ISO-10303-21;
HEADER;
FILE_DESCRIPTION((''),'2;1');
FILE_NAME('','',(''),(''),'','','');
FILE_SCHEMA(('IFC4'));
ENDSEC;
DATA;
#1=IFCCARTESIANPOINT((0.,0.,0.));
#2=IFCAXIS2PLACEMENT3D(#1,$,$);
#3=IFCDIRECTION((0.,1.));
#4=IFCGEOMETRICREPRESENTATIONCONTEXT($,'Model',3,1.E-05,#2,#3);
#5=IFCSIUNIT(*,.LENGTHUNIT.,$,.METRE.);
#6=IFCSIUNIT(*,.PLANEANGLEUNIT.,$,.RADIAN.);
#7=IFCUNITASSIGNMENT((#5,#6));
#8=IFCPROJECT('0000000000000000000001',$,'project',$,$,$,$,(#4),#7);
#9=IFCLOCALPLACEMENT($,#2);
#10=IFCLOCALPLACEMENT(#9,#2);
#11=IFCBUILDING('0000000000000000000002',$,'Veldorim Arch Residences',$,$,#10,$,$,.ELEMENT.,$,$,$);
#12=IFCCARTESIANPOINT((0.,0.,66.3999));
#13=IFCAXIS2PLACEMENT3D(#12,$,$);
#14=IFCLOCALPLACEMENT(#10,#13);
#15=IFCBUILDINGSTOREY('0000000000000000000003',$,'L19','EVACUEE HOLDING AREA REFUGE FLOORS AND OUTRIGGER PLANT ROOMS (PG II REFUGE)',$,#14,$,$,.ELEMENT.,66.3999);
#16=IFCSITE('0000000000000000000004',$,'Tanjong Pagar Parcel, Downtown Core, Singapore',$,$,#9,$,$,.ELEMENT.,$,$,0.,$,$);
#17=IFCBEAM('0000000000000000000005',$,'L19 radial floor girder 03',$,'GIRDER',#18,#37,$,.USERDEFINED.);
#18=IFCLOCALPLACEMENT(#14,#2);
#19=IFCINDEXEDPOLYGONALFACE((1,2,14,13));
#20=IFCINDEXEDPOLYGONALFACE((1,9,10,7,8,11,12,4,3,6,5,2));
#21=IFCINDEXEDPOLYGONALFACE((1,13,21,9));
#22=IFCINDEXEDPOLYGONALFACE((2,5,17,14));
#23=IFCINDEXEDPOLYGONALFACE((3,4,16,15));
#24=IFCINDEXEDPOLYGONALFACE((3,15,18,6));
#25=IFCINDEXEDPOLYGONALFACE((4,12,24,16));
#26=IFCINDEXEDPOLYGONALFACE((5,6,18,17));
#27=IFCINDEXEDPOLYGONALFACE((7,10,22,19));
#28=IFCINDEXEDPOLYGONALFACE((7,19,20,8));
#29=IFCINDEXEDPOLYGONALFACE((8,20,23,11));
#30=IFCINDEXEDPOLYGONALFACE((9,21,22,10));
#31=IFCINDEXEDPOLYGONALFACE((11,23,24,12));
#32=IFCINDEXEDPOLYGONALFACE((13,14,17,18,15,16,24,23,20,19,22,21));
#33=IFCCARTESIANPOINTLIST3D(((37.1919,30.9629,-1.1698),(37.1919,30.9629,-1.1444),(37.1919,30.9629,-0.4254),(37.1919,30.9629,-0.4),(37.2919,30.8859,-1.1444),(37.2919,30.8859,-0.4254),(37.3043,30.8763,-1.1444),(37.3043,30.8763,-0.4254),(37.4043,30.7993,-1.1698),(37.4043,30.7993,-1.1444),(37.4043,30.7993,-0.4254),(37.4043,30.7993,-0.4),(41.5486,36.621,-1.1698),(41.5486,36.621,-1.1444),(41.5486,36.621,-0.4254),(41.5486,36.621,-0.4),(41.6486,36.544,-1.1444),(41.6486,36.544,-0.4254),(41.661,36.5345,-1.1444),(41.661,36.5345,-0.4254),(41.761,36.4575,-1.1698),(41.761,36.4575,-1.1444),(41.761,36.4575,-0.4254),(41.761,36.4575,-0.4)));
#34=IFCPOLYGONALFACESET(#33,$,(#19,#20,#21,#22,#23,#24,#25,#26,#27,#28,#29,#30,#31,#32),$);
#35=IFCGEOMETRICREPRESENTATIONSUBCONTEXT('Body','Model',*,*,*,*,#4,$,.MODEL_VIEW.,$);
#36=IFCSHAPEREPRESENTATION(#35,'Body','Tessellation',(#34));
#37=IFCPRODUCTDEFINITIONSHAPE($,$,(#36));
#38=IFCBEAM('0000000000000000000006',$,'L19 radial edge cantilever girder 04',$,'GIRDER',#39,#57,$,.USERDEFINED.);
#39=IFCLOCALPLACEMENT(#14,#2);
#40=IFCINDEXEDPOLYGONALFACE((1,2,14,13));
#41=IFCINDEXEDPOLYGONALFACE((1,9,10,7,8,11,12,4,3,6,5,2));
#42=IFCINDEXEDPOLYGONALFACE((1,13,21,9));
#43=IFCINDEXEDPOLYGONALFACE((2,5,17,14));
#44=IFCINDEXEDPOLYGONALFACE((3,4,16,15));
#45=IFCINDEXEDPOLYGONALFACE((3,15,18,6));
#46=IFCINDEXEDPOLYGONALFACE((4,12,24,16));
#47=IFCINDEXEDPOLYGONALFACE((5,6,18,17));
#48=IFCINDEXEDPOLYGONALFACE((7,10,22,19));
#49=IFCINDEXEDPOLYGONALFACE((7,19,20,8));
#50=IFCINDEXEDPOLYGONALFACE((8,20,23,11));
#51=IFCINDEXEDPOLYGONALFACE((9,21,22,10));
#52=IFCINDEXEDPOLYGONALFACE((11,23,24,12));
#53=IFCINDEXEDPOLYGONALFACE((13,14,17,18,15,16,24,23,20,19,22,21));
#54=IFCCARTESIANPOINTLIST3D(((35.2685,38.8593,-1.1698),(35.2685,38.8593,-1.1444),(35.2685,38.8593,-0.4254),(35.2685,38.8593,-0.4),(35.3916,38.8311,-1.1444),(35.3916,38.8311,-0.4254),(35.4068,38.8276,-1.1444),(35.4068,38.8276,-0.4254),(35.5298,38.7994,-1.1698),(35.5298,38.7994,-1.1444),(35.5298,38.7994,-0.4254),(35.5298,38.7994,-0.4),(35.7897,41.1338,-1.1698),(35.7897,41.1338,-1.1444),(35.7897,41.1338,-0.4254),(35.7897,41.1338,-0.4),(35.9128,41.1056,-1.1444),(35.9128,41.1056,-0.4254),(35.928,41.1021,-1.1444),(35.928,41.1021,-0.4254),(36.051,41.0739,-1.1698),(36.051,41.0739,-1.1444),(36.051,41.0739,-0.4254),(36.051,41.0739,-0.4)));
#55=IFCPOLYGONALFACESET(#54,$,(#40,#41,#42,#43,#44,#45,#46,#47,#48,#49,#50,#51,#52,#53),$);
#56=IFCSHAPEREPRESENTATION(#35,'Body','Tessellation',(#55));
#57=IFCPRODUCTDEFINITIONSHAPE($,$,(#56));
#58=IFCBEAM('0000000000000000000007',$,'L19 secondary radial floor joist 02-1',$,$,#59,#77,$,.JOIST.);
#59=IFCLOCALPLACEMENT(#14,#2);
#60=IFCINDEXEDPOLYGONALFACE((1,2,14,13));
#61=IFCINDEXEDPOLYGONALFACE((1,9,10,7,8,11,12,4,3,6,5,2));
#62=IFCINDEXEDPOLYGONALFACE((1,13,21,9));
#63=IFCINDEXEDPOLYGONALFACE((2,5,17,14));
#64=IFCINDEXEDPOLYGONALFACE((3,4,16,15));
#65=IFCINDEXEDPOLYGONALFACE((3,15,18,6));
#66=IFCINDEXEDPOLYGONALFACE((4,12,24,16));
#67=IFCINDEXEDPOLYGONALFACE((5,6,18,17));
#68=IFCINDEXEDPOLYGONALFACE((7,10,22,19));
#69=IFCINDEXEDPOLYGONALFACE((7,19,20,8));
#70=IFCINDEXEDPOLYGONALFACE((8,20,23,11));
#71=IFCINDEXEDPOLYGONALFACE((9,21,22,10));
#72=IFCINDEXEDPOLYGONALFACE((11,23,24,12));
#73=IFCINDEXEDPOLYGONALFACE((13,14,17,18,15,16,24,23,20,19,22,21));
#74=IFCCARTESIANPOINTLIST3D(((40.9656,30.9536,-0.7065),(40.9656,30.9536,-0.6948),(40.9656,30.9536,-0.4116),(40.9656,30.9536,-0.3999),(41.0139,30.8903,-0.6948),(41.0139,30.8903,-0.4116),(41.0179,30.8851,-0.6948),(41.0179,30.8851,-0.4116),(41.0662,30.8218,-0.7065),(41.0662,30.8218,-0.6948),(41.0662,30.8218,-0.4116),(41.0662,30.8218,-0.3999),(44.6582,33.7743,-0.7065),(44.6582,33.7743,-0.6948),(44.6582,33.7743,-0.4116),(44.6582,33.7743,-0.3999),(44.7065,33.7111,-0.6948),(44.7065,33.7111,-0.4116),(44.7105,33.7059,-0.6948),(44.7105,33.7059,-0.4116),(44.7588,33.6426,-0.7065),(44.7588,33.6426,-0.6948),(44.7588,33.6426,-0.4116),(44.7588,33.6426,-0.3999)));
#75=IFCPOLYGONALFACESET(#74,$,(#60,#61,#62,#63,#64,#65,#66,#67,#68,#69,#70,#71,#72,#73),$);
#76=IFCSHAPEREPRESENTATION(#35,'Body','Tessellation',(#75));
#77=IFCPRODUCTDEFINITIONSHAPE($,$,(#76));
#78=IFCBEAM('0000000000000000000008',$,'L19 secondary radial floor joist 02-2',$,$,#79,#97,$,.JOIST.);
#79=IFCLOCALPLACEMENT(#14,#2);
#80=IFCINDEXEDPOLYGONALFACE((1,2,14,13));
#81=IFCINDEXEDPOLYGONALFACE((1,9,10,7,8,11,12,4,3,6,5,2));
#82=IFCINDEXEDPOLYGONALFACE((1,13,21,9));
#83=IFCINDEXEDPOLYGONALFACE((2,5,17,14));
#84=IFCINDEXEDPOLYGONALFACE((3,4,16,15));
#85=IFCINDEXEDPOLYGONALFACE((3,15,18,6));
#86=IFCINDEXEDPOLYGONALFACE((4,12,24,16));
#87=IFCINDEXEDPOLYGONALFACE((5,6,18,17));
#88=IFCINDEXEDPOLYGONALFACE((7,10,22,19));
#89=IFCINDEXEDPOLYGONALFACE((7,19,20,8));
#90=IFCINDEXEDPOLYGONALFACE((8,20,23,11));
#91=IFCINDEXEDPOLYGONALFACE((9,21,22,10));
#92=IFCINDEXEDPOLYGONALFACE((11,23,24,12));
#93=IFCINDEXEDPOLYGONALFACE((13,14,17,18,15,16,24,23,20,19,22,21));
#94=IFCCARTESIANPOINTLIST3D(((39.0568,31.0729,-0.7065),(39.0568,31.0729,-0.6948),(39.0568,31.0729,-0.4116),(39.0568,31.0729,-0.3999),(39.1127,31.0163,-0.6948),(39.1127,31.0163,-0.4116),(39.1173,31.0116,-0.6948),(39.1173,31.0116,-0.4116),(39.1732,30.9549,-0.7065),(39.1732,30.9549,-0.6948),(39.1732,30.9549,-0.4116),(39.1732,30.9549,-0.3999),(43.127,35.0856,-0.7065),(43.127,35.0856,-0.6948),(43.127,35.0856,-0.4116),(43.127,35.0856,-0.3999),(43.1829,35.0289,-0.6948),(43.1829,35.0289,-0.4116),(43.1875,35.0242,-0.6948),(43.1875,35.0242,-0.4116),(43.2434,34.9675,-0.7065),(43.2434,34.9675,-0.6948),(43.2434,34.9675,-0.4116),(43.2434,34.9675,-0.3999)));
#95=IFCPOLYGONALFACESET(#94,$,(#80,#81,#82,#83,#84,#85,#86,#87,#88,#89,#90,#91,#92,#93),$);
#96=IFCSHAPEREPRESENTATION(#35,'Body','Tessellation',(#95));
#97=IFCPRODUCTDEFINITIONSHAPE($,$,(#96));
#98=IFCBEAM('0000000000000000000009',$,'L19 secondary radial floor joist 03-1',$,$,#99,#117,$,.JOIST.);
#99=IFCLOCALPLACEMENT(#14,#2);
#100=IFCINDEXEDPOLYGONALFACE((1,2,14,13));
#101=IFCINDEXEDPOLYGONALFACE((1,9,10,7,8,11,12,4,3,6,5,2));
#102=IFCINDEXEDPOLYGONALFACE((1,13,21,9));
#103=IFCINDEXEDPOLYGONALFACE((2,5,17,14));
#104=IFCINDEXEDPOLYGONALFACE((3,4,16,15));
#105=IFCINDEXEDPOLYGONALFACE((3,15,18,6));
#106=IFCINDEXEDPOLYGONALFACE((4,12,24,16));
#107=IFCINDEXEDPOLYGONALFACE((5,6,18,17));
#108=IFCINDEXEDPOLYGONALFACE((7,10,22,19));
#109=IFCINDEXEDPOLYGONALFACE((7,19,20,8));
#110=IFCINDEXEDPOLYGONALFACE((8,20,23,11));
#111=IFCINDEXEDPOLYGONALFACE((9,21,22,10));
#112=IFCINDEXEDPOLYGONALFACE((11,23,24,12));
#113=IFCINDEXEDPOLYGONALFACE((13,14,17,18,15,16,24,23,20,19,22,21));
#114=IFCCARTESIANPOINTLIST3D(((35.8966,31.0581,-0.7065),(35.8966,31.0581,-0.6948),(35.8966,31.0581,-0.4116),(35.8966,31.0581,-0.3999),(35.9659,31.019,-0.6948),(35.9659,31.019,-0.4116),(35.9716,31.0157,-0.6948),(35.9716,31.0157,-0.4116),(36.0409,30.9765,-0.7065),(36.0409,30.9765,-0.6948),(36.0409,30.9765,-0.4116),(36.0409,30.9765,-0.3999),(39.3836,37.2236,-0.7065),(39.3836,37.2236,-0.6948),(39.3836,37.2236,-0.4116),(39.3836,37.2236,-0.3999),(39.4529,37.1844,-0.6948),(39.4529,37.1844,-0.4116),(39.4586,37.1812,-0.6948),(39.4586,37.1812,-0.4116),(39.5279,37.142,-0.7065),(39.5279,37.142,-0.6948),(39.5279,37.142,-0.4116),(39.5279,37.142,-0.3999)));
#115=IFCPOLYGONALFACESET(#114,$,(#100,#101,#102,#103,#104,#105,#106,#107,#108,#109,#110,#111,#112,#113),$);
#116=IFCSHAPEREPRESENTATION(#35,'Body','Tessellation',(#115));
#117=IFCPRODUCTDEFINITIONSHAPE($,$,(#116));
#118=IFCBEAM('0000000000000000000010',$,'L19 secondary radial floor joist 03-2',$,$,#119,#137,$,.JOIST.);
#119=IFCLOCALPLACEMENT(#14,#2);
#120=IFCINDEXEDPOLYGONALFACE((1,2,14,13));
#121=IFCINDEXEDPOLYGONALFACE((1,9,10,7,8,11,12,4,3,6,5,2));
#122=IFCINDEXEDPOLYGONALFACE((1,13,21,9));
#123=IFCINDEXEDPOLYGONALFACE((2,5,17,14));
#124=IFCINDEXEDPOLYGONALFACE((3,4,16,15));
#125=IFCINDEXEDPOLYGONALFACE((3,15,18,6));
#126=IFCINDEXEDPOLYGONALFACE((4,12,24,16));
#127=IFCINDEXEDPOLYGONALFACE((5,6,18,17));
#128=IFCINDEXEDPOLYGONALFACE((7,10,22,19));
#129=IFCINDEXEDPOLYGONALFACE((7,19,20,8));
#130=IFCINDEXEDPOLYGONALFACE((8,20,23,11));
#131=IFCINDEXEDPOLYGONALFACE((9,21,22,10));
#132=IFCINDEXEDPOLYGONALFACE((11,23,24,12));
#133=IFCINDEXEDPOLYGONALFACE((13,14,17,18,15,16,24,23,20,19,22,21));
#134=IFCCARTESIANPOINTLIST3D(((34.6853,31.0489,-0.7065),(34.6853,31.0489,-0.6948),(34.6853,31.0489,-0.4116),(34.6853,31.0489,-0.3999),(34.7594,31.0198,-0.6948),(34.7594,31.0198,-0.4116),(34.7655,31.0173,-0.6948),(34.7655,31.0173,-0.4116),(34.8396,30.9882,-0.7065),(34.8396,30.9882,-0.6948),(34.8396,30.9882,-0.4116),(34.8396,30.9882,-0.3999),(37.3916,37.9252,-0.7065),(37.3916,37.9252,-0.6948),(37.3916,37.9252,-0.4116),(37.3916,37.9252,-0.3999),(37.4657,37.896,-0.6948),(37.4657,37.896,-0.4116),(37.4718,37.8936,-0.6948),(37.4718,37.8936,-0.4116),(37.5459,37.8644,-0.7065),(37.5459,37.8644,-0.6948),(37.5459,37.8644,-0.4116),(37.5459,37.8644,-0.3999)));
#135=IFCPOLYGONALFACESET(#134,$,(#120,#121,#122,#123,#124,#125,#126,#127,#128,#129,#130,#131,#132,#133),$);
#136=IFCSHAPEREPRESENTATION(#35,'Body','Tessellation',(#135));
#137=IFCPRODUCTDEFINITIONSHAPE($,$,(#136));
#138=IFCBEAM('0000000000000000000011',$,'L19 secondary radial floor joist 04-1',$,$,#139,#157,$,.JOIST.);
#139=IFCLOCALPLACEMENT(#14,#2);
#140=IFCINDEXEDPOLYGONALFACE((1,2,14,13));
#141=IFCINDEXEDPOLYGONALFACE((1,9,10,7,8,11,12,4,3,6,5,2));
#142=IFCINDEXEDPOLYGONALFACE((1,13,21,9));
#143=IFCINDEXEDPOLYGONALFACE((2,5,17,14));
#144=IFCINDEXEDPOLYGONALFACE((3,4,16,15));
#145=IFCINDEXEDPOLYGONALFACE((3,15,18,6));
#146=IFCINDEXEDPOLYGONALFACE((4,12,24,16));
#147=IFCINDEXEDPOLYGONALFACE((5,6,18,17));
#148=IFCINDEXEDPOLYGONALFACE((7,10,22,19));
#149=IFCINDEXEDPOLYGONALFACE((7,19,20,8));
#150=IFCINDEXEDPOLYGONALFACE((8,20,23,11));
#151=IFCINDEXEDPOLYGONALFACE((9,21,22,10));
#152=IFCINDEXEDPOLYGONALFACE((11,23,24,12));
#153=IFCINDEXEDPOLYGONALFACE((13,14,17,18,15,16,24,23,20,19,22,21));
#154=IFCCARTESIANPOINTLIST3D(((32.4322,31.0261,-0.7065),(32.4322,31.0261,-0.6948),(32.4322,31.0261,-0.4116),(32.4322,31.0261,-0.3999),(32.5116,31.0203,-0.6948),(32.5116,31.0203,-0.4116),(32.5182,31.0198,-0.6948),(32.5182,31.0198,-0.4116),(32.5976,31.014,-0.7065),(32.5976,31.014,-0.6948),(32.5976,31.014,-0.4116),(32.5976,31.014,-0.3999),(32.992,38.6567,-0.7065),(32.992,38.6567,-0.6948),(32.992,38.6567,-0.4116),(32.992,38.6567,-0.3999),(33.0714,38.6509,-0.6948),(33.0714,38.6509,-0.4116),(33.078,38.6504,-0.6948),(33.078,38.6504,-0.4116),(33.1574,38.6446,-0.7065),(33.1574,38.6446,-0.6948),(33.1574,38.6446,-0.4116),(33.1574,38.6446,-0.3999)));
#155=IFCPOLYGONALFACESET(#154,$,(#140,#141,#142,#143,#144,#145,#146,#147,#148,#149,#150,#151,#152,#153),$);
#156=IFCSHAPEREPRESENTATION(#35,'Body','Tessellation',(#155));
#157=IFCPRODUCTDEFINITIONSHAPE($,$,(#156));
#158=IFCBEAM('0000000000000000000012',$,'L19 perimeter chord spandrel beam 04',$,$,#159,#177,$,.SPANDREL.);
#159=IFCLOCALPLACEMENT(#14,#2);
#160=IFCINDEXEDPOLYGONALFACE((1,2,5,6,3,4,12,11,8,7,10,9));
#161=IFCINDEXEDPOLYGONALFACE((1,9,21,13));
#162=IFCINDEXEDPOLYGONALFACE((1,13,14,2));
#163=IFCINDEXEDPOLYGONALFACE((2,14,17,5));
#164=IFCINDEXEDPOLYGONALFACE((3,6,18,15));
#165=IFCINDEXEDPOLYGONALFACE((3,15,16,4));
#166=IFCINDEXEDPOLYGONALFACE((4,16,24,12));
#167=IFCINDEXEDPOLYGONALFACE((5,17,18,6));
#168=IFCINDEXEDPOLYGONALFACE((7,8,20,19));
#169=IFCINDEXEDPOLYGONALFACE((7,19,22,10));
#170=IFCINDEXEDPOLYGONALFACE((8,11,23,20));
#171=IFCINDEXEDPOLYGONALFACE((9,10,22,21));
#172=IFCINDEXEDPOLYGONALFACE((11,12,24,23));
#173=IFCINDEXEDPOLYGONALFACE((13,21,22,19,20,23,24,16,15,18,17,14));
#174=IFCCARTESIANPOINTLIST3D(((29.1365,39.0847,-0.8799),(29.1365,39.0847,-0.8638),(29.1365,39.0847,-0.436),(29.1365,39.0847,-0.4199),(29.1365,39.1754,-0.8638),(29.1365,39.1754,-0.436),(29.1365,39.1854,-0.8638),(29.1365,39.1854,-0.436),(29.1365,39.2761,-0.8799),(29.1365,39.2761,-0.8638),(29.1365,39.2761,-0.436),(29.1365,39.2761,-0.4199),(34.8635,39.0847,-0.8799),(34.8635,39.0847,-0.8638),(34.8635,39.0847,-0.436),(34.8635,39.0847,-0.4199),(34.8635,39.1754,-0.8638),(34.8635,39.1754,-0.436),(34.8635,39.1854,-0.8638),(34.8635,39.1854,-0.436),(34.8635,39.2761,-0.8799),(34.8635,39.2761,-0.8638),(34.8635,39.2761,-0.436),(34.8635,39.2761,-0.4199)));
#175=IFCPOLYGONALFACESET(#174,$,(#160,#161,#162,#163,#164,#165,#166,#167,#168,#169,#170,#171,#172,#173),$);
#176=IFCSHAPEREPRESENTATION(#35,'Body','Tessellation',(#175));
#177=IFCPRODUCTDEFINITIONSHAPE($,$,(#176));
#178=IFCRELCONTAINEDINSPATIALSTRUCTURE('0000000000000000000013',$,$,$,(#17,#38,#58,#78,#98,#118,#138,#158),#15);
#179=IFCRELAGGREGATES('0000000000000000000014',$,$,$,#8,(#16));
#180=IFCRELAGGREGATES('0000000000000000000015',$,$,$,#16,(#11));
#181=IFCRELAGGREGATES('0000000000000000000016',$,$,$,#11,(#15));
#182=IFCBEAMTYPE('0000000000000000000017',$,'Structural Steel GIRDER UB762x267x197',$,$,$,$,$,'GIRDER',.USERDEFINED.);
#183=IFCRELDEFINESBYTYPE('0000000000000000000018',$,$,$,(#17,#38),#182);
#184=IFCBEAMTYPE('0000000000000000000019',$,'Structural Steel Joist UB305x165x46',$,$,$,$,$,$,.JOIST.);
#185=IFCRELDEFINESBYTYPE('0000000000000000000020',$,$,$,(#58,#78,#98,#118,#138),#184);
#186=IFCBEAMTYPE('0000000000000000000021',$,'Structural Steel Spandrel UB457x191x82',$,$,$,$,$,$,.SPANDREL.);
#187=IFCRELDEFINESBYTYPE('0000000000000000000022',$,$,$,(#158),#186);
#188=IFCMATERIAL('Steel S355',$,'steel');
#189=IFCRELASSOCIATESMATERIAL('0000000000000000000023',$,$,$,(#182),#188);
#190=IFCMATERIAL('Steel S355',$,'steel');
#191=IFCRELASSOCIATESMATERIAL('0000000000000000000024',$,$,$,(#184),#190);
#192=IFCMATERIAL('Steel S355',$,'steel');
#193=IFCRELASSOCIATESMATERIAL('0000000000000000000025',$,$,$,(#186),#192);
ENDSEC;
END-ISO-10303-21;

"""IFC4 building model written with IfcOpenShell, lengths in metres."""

from ifc_helpers import new_model, si_unit, direction, frame, origin, origin_2d, place, context, subcontext, project, spatial, i_section, extrude, material, material_profile, profile_set, type_object, element, save


model = new_model("IFC4")

# Units and contexts
model_context = context("Model", 3, precision=1e-05, world=origin(), true_north=direction((0.0, 1.0)))
body_context = subcontext(model_context, "Body", "Model", "MODEL_VIEW")
ifc_project = project(units=[si_unit("LENGTHUNIT", "METRE"), si_unit("PLANEANGLEUNIT", "RADIAN")], contexts=[model_context])

# Site, building, storey
site_placement = place(None, origin())
site = spatial("IfcSite", under=ifc_project, at=site_placement, Name="Tanjong Pagar Parcel, Downtown Core, Singapore", CompositionType="ELEMENT", RefElevation=0.0)
building_placement = place(site_placement, origin())
building = spatial("IfcBuilding", under=site, at=building_placement, Name="Veldorim Arch Residences", CompositionType="ELEMENT")
storey_placement = place(building_placement, frame((0.0, 0.0, 66.3999)))
storey = spatial("IfcBuildingStorey", under=building, at=storey_placement, Name="L19", Description="EVACUEE HOLDING AREA REFUGE FLOORS AND OUTRIGGER PLANT ROOMS (PG II REFUGE)", CompositionType="ELEMENT", Elevation=66.3999)

# Beams
ifc_material_1 = material(Name="Steel S355", Category="steel")
ifc_material_profile_1 = material_profile(ifc_material_1, i_section(OverallWidth=0.2681, OverallDepth=0.7698, WebThickness=0.0156, FlangeThickness=0.0254, at=origin_2d()), Name="UB762x267x197")
ifc_profile_set_1 = profile_set([ifc_material_profile_1], Name="Steel S355")
beam_type_1 = type_object("IfcBeamType", Name="Structural Steel GIRDER UB762x267x197", ElementType="GIRDER", PredefinedType="USERDEFINED", material=ifc_profile_set_1)
beam_1_placement = place(storey_placement, frame((37.2981, 30.8811, -0.7849), z_axis=(0.610082, 0.792338, 0.0), x_axis=(-0.792338, 0.610082, 0.0)))
element("IfcBeam", 1, at=beam_1_placement, inside=storey, type_object=beam_type_1, Name="L19 radial floor girder 03", ObjectType="GIRDER", PredefinedType="USERDEFINED", context=body_context, shape_type="SweptSolid", body=[
    extrude(i_section(OverallWidth=0.2681, OverallDepth=0.7698, WebThickness=0.0156, FlangeThickness=0.0254, at=origin_2d()), origin(), (0.0, 0.0, 1.0), 7.1411),
])
beam_2_placement = place(storey_placement, frame((35.3992, 38.8293, -0.7849), z_axis=(0.223362, 0.974736, 0.0), x_axis=(-0.974736, 0.223362, 0.0)))
element("IfcBeam", 2, at=beam_2_placement, inside=storey, type_object=beam_type_1, Name="L19 radial edge cantilever girder 04", ObjectType="GIRDER", PredefinedType="USERDEFINED", context=body_context, shape_type="SweptSolid", body=[
    extrude(i_section(OverallWidth=0.2681, OverallDepth=0.7698, WebThickness=0.0156, FlangeThickness=0.0254, at=origin_2d()), origin(), (0.0, 0.0, 1.0), 2.3335),
])
ifc_material_2 = material(Name="Steel S355", Category="steel")
ifc_material_profile_2 = material_profile(ifc_material_2, i_section(OverallWidth=0.1658, OverallDepth=0.3066, WebThickness=0.0066, FlangeThickness=0.0117, at=origin_2d()), Name="UB305x165x46")
ifc_profile_set_2 = profile_set([ifc_material_profile_2], Name="Steel S355")
beam_type_2 = type_object("IfcBeamType", Name="Structural Steel Joist UB305x165x46", PredefinedType="JOIST", material=ifc_profile_set_2)
beam_3_placement = place(storey_placement, frame((41.0159, 30.8877, -0.5532), z_axis=(0.794666, 0.607046, 0.0), x_axis=(-0.607046, 0.794666, 0.0)))
element("IfcBeam", 3, at=beam_3_placement, inside=storey, type_object=beam_type_2, Name="L19 secondary radial floor joist 02-1", PredefinedType="JOIST", context=body_context, shape_type="SweptSolid", body=[
    extrude(i_section(OverallWidth=0.1658, OverallDepth=0.3066, WebThickness=0.0066, FlangeThickness=0.0117, at=origin_2d()), origin(), (0.0, 0.0, 1.0), 4.6467),
])
beam_4_placement = place(storey_placement, frame((39.115, 31.0139, -0.5532), z_axis=(0.712129, 0.702049, 0.0), x_axis=(-0.702049, 0.712129, 0.0)))
element("IfcBeam", 4, at=beam_4_placement, inside=storey, type_object=beam_type_2, Name="L19 secondary radial floor joist 02-2", PredefinedType="JOIST", context=body_context, shape_type="SweptSolid", body=[
    extrude(i_section(OverallWidth=0.1658, OverallDepth=0.3066, WebThickness=0.0066, FlangeThickness=0.0117, at=origin_2d()), origin(), (0.0, 0.0, 1.0), 5.7156),
])
beam_5_placement = place(storey_placement, frame((35.9688, 31.0173, -0.5532), z_axis=(0.492292, 0.87043, 0.0), x_axis=(-0.87043, 0.492292, 0.0)))
element("IfcBeam", 5, at=beam_5_placement, inside=storey, type_object=beam_type_2, Name="L19 secondary radial floor joist 03-1", PredefinedType="JOIST", context=body_context, shape_type="SweptSolid", body=[
    extrude(i_section(OverallWidth=0.1658, OverallDepth=0.3066, WebThickness=0.0066, FlangeThickness=0.0117, at=origin_2d()), origin(), (0.0, 0.0, 1.0), 7.0833),
])
beam_6_placement = place(storey_placement, frame((34.7625, 31.0186, -0.5532), z_axis=(0.36623, 0.930524, 0.0), x_axis=(-0.930524, 0.36623, 0.0)))
element("IfcBeam", 6, at=beam_6_placement, inside=storey, type_object=beam_type_2, Name="L19 secondary radial floor joist 03-2", PredefinedType="JOIST", context=body_context, shape_type="SweptSolid", body=[
    extrude(i_section(OverallWidth=0.1658, OverallDepth=0.3066, WebThickness=0.0066, FlangeThickness=0.0117, at=origin_2d()), origin(), (0.0, 0.0, 1.0), 7.3896),
])
beam_7_placement = place(storey_placement, frame((32.5149, 31.02, -0.5532), z_axis=(0.073168, 0.99732, 0.0), x_axis=(-0.99732, 0.073168, 0.0)))
element("IfcBeam", 7, at=beam_7_placement, inside=storey, type_object=beam_type_2, Name="L19 secondary radial floor joist 04-1", PredefinedType="JOIST", context=body_context, shape_type="SweptSolid", body=[
    extrude(i_section(OverallWidth=0.1658, OverallDepth=0.3066, WebThickness=0.0066, FlangeThickness=0.0117, at=origin_2d()), origin(), (0.0, 0.0, 1.0), 7.6511),
])
ifc_material_3 = material(Name="Steel S355", Category="steel")
ifc_material_profile_3 = material_profile(ifc_material_3, i_section(OverallWidth=0.1914, OverallDepth=0.46, WebThickness=0.01, FlangeThickness=0.0161, at=origin_2d()), Name="UB457x191x82")
ifc_profile_set_3 = profile_set([ifc_material_profile_3], Name="Steel S355")
beam_type_3 = type_object("IfcBeamType", Name="Structural Steel Spandrel UB457x191x82", PredefinedType="SPANDREL", material=ifc_profile_set_3)
beam_8_placement = place(storey_placement, frame((34.8635, 39.1804, -0.6499), z_axis=(-1.0, 0.0, 0.0), x_axis=(0.0, -1.0, 0.0)))
element("IfcBeam", 8, at=beam_8_placement, inside=storey, type_object=beam_type_3, Name="L19 perimeter chord spandrel beam 04", PredefinedType="SPANDREL", context=body_context, shape_type="SweptSolid", body=[
    extrude(i_section(OverallWidth=0.1914, OverallDepth=0.46, WebThickness=0.01, FlangeThickness=0.0161, at=origin_2d()), origin(), (0.0, 0.0, 1.0), 5.7271),
])

save(model, "model.ifc")
